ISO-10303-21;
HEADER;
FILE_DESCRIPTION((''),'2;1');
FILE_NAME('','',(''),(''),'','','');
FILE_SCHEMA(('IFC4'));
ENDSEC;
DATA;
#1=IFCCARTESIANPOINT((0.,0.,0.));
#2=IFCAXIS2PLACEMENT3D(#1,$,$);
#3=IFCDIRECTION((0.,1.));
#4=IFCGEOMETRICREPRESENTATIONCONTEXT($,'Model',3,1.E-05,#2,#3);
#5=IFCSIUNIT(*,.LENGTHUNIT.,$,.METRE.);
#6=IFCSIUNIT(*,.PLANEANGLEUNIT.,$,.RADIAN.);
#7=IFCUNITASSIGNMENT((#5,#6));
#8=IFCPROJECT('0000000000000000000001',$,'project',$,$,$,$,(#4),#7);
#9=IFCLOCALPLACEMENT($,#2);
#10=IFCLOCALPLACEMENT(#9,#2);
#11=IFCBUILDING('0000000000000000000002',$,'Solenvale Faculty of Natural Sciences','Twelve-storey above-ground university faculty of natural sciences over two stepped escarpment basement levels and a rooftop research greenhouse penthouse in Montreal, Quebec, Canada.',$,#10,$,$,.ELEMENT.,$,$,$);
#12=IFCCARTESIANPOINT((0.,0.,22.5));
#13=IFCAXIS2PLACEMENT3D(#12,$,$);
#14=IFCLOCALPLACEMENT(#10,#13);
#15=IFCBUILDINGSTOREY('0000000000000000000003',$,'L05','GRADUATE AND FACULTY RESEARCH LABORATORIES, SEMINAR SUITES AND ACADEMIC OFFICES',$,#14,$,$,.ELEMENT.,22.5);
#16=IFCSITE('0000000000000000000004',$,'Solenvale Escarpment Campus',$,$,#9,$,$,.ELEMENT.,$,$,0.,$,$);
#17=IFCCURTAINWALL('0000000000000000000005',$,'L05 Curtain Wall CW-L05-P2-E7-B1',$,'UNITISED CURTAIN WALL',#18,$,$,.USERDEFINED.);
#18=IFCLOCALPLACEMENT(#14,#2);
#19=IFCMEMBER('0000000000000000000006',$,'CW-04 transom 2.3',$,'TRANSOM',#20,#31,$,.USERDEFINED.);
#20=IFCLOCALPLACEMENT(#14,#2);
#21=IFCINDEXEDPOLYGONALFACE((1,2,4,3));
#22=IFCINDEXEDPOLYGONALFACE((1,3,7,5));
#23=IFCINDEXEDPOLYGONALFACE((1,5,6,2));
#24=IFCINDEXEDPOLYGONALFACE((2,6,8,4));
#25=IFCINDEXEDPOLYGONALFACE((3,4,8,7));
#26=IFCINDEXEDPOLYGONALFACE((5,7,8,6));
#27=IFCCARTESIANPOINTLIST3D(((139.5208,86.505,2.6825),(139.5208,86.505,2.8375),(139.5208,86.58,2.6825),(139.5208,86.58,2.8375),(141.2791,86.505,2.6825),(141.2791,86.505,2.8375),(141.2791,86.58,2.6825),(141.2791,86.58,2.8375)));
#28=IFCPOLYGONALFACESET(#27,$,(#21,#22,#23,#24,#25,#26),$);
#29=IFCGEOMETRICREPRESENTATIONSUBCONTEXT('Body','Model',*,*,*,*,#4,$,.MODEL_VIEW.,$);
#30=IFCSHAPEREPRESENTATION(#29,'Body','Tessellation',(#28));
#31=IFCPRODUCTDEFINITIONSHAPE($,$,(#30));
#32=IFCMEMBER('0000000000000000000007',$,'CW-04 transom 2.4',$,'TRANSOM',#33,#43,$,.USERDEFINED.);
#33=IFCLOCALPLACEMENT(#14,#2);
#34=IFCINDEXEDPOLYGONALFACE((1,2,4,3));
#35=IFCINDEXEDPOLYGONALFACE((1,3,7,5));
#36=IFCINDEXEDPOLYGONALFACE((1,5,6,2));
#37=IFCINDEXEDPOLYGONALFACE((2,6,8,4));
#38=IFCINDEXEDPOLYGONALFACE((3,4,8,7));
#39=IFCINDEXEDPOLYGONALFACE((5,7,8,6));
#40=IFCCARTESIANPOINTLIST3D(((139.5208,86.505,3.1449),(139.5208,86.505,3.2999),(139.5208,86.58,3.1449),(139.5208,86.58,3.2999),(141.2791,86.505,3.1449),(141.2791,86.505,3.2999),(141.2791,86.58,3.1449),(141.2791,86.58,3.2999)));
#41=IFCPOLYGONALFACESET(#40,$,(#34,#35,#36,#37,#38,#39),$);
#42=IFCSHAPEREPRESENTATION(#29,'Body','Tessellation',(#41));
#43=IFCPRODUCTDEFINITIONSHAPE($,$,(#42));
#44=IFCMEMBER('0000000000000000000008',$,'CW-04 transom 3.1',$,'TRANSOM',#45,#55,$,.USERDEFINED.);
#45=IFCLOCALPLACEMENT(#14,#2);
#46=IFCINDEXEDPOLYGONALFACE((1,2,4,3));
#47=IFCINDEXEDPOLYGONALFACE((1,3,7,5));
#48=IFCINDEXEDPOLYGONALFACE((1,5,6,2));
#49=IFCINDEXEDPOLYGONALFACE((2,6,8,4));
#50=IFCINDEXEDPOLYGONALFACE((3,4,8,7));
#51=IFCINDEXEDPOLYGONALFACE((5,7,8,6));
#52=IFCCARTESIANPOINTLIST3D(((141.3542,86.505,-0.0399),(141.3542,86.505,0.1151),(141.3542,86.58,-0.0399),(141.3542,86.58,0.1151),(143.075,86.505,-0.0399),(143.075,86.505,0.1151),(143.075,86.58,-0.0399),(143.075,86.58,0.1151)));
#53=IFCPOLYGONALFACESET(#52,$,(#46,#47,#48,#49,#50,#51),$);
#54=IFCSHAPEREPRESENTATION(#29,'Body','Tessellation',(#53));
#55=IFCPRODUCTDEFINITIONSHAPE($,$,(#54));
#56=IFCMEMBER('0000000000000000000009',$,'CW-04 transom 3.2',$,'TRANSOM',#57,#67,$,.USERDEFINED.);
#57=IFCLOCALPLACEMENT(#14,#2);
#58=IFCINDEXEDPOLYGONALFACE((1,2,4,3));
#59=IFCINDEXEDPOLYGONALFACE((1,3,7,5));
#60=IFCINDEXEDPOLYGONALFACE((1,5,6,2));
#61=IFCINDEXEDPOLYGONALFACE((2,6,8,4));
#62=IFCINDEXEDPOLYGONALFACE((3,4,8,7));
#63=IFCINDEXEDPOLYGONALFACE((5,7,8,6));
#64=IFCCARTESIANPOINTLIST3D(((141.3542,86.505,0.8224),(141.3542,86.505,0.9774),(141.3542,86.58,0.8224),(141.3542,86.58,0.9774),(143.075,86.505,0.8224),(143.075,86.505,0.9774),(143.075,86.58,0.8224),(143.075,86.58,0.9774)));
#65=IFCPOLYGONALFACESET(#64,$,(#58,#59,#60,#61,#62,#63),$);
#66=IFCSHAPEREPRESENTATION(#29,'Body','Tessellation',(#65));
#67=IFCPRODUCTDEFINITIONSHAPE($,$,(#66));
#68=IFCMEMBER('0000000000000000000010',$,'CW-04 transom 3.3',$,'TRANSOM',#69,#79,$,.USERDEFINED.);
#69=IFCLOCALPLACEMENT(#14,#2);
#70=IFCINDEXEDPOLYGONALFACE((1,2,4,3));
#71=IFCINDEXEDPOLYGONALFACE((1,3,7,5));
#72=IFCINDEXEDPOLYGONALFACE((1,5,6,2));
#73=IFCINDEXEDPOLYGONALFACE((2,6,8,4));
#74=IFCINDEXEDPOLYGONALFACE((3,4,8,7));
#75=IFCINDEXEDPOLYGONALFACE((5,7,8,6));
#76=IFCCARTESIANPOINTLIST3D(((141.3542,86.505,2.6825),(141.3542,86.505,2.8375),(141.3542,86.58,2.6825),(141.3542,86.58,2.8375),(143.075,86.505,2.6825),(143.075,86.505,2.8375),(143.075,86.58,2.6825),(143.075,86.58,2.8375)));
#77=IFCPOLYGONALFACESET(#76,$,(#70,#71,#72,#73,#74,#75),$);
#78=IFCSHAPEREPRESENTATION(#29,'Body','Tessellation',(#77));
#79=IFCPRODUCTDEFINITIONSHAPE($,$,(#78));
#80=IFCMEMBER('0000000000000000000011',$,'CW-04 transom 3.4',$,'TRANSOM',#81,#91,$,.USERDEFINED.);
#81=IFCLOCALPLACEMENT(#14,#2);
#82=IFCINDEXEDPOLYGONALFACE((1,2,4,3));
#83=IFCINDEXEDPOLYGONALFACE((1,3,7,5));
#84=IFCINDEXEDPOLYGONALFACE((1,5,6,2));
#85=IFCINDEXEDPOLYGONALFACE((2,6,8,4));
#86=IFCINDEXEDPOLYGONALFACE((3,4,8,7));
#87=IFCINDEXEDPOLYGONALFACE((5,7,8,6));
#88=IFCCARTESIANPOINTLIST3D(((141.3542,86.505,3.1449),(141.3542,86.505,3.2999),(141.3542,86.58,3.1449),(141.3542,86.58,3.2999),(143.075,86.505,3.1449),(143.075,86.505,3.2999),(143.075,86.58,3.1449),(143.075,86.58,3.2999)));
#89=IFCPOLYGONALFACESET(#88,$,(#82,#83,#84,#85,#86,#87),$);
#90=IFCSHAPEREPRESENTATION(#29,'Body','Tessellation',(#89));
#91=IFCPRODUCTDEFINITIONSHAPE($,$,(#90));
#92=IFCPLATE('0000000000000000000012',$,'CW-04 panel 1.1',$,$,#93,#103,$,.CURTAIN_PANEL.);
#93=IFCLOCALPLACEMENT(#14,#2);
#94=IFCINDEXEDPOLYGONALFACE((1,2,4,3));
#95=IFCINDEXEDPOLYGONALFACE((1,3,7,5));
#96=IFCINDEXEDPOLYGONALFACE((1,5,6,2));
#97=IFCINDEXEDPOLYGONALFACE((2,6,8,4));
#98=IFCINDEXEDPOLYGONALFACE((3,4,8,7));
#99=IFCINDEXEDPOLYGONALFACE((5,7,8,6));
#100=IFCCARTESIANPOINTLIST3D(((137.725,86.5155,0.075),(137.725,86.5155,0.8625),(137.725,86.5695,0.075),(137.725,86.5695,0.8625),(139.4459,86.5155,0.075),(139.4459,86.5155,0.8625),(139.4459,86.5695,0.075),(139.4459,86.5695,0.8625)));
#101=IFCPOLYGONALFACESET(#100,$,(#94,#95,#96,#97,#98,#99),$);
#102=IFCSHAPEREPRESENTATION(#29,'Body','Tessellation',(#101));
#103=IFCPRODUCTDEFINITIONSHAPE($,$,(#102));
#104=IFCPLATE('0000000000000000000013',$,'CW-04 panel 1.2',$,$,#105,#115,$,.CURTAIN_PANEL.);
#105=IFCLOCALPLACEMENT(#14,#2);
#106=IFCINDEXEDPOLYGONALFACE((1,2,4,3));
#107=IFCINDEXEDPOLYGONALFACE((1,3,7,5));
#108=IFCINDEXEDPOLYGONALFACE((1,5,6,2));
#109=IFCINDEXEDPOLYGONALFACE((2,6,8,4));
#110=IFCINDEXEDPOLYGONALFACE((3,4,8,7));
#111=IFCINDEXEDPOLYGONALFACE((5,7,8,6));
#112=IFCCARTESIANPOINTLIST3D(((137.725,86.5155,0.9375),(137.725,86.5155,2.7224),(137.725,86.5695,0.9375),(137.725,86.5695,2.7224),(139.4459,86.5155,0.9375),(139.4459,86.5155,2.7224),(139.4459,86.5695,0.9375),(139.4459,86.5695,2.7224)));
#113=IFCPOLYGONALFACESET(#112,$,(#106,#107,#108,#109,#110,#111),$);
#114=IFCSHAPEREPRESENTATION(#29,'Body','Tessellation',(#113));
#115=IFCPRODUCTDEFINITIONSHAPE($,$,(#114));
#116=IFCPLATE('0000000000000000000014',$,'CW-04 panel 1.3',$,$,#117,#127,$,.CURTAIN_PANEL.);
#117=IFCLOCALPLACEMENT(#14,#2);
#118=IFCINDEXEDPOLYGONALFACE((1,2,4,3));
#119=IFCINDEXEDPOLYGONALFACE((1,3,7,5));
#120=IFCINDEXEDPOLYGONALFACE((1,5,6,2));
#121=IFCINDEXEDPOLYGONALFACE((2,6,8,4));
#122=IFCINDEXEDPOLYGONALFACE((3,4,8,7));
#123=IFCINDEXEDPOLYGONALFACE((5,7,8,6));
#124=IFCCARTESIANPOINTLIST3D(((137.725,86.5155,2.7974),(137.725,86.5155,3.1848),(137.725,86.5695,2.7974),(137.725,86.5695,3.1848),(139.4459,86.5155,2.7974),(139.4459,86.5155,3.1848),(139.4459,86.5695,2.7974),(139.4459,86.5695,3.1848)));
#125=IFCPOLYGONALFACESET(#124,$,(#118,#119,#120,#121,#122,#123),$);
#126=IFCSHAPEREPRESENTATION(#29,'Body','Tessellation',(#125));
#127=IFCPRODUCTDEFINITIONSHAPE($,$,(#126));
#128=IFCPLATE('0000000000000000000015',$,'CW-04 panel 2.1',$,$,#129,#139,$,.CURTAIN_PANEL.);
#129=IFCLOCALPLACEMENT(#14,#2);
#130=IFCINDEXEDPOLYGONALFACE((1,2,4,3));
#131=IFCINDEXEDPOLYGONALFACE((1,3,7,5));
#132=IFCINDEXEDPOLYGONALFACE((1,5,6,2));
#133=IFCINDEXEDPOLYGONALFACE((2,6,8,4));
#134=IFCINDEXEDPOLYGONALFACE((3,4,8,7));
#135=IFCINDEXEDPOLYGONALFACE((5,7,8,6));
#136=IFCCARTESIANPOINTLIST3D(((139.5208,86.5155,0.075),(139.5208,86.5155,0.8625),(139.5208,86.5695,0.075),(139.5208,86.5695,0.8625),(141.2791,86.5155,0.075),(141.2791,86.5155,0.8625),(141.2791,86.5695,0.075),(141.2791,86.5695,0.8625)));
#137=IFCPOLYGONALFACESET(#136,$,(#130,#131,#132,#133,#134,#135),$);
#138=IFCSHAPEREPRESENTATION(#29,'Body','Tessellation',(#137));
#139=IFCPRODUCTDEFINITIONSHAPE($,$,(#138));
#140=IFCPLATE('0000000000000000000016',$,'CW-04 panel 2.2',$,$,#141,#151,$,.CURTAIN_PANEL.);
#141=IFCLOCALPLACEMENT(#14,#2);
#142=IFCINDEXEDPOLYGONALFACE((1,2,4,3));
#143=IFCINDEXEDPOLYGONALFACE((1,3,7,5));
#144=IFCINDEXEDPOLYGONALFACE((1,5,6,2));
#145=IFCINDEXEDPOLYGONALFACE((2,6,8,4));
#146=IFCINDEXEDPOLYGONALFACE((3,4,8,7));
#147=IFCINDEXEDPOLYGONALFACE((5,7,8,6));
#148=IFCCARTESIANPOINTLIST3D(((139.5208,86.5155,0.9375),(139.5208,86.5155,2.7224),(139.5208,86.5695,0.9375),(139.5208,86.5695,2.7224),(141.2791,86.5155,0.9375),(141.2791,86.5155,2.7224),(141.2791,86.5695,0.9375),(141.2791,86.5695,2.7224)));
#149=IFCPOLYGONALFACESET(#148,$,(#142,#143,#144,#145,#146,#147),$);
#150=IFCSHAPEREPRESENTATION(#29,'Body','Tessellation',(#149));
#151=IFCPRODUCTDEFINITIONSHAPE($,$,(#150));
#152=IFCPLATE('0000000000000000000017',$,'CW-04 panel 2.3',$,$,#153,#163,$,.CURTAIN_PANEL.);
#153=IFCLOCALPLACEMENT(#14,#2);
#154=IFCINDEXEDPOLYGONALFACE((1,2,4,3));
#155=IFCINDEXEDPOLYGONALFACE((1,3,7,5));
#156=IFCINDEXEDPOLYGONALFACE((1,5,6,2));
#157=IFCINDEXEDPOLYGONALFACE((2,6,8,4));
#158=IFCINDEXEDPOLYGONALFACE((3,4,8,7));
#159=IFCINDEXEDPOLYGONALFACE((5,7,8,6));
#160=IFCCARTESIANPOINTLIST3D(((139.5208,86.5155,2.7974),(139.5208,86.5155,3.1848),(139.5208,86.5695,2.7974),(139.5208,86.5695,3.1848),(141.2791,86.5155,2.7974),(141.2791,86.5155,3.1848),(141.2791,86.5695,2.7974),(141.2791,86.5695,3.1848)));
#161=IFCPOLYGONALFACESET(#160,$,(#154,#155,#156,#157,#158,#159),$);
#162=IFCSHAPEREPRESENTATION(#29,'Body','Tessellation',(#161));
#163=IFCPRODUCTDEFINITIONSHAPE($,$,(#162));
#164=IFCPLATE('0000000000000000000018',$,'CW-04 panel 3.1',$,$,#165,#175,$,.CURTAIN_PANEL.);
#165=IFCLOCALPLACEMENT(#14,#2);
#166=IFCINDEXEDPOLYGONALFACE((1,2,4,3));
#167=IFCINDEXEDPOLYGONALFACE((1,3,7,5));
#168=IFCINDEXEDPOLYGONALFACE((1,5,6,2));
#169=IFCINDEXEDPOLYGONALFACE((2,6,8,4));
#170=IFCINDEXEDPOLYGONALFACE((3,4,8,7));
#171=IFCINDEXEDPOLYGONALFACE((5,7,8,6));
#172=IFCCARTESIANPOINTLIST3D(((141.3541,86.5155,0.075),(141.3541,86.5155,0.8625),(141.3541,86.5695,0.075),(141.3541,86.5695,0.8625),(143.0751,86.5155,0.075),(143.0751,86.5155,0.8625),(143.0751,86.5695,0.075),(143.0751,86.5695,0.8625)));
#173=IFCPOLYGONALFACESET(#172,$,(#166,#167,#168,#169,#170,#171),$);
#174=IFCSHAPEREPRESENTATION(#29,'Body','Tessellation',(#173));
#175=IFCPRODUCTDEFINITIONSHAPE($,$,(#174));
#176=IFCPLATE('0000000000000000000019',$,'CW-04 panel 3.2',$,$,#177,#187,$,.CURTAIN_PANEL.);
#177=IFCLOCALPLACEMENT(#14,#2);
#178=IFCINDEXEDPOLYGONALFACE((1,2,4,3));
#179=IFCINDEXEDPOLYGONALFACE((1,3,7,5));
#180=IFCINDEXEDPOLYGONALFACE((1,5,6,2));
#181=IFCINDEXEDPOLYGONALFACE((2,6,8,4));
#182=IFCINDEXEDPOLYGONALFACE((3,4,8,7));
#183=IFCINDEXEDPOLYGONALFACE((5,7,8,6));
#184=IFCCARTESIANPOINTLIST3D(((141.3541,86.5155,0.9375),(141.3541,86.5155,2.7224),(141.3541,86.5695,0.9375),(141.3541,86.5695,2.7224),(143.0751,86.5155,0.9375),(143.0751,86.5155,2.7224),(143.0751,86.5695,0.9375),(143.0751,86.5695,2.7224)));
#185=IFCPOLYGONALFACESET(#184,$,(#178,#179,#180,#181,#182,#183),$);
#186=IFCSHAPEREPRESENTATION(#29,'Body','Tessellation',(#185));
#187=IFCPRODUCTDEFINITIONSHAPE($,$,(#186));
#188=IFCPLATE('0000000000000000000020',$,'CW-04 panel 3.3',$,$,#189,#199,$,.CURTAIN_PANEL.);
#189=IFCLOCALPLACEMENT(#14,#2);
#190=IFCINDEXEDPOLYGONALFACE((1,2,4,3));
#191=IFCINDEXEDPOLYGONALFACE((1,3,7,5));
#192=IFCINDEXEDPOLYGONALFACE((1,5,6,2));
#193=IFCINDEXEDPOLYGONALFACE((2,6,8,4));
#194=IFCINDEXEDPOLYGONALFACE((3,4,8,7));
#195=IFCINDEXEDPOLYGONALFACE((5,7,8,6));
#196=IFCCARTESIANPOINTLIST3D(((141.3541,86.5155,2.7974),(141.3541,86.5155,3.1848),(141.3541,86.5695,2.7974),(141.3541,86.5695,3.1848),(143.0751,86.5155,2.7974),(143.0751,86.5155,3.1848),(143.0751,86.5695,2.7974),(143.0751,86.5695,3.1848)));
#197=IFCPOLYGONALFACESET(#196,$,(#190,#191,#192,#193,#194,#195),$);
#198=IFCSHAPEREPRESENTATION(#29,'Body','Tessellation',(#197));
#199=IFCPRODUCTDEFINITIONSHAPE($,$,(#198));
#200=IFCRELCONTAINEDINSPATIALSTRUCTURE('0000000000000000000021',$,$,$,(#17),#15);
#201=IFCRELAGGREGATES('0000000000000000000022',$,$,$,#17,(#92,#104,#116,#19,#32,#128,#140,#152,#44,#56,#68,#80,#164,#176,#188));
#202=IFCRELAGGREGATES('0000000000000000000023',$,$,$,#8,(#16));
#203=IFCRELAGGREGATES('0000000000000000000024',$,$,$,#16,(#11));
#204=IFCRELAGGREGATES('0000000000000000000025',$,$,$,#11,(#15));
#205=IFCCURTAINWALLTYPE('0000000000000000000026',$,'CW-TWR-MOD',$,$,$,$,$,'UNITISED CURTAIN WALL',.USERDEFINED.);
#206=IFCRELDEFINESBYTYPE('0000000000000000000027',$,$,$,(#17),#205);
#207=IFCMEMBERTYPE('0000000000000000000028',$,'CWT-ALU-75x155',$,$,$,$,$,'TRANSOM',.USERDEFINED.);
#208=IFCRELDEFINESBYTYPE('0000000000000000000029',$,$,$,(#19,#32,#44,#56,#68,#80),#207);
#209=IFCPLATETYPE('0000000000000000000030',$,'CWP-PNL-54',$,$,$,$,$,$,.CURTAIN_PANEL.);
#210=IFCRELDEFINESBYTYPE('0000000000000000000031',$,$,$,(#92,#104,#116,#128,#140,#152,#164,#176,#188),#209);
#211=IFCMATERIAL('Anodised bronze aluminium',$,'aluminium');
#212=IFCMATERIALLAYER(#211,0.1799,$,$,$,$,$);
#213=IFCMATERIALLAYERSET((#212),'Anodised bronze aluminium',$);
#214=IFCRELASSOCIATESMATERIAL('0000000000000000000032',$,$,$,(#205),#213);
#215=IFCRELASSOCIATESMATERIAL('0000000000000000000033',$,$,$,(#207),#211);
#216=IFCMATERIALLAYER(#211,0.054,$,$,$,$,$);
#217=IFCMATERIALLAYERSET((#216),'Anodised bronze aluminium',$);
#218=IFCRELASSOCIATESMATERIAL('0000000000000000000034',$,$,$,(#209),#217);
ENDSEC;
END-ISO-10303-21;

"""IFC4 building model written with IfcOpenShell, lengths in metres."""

from ifc_helpers import new_model, si_unit, direction, frame, origin, origin_2d, place, context, subcontext, project, spatial, rectangle, extrude, material, layer, layer_set, material_profile, profile_set, type_object, element, aggregate, save


model = new_model("IFC4")

# Units and contexts
model_context = context("Model", 3, precision=1e-05, world=origin(), true_north=direction((0.0, 1.0)))
body_context = subcontext(model_context, "Body", "Model", "MODEL_VIEW")
ifc_project = project(units=[si_unit("LENGTHUNIT", "METRE"), si_unit("PLANEANGLEUNIT", "RADIAN")], contexts=[model_context])

# Site, building, storey
site_placement = place(None, origin())
site = spatial("IfcSite", under=ifc_project, at=site_placement, Name="Solenvale Escarpment Campus", CompositionType="ELEMENT", RefElevation=0.0)
building_placement = place(site_placement, origin())
building = spatial("IfcBuilding", under=site, at=building_placement, Name="Solenvale Faculty of Natural Sciences", Description="Twelve-storey above-ground university faculty of natural sciences over two stepped escarpment basement levels and a rooftop research greenhouse penthouse in Montreal, Quebec, Canada.", CompositionType="ELEMENT")
storey_placement = place(building_placement, frame((0.0, 0.0, 22.5)))
storey = spatial("IfcBuildingStorey", under=building, at=storey_placement, Name="L05", Description="GRADUATE AND FACULTY RESEARCH LABORATORIES, SEMINAR SUITES AND ACADEMIC OFFICES", CompositionType="ELEMENT", Elevation=22.5)

# Curtain wall, members, plates
ifc_material_1 = material(Name="Anodised bronze aluminium", Category="aluminium")
ifc_layer_1 = layer(ifc_material_1, 0.1799)
ifc_layer_set_1 = layer_set([ifc_layer_1], Name="Anodised bronze aluminium")
curtain_wall_type = type_object("IfcCurtainWallType", Name="CW-TWR-MOD", ElementType="UNITISED CURTAIN WALL", PredefinedType="USERDEFINED", material=ifc_layer_set_1)
curtain_wall_placement = place(storey_placement, origin())
curtain_wall = element("IfcCurtainWall", 1, at=curtain_wall_placement, inside=storey, type_object=curtain_wall_type, Name="L05 Curtain Wall CW-L05-P2-E7-B1", ObjectType="UNITISED CURTAIN WALL", PredefinedType="USERDEFINED")
ifc_material_profile_1 = material_profile(ifc_material_1, rectangle(XDim=0.075, YDim=0.155, at=origin_2d()), Name="ALU-TRN-75x155")
ifc_profile_set_1 = profile_set([ifc_material_profile_1], Name="Anodised bronze aluminium")
member_type_1 = type_object("IfcMemberType", Name="CWT-ALU-75x155", ElementType="TRANSOM", PredefinedType="USERDEFINED", material=ifc_profile_set_1)
member_1_placement = place(storey_placement, frame((139.5208, 86.5425, 2.76), z_axis=(1.0, 0.0, 0.0), x_axis=(0.0, 1.0, 0.0)))
member_1 = element("IfcMember", 2, at=member_1_placement, type_object=member_type_1, Name="CW-04 transom 2.3", ObjectType="TRANSOM", PredefinedType="USERDEFINED", context=body_context, shape_type="SweptSolid", body=[
    extrude(rectangle(XDim=0.075, YDim=0.155, at=origin_2d()), origin(), (0.0, 0.0, 1.0), 1.7583),
])
member_2_placement = place(storey_placement, frame((139.5208, 86.5425, 3.2224), z_axis=(1.0, 0.0, 0.0), x_axis=(0.0, 1.0, 0.0)))
member_2 = element("IfcMember", 3, at=member_2_placement, type_object=member_type_1, Name="CW-04 transom 2.4", ObjectType="TRANSOM", PredefinedType="USERDEFINED", context=body_context, shape_type="SweptSolid", body=[
    extrude(rectangle(XDim=0.075, YDim=0.155, at=origin_2d()), origin(), (0.0, 0.0, 1.0), 1.7583),
])
member_3_placement = place(storey_placement, frame((141.3542, 86.5425, 0.0376), z_axis=(1.0, 0.0, 0.0), x_axis=(0.0, 1.0, 0.0)))
member_3 = element("IfcMember", 4, at=member_3_placement, type_object=member_type_1, Name="CW-04 transom 3.1", ObjectType="TRANSOM", PredefinedType="USERDEFINED", context=body_context, shape_type="SweptSolid", body=[
    extrude(rectangle(XDim=0.075, YDim=0.155, at=origin_2d()), origin(), (0.0, 0.0, 1.0), 1.7207),
])
member_4_placement = place(storey_placement, frame((141.3542, 86.5425, 0.8999), z_axis=(1.0, 0.0, 0.0), x_axis=(0.0, 1.0, 0.0)))
member_4 = element("IfcMember", 5, at=member_4_placement, type_object=member_type_1, Name="CW-04 transom 3.2", ObjectType="TRANSOM", PredefinedType="USERDEFINED", context=body_context, shape_type="SweptSolid", body=[
    extrude(rectangle(XDim=0.075, YDim=0.155, at=origin_2d()), origin(), (0.0, 0.0, 1.0), 1.7207),
])
member_5_placement = place(storey_placement, frame((141.3542, 86.5425, 2.76), z_axis=(1.0, 0.0, 0.0), x_axis=(0.0, 1.0, 0.0)))
member_5 = element("IfcMember", 6, at=member_5_placement, type_object=member_type_1, Name="CW-04 transom 3.3", ObjectType="TRANSOM", PredefinedType="USERDEFINED", context=body_context, shape_type="SweptSolid", body=[
    extrude(rectangle(XDim=0.075, YDim=0.155, at=origin_2d()), origin(), (0.0, 0.0, 1.0), 1.7207),
])
member_6_placement = place(storey_placement, frame((141.3542, 86.5425, 3.2224), z_axis=(1.0, 0.0, 0.0), x_axis=(0.0, 1.0, 0.0)))
member_6 = element("IfcMember", 7, at=member_6_placement, type_object=member_type_1, Name="CW-04 transom 3.4", ObjectType="TRANSOM", PredefinedType="USERDEFINED", context=body_context, shape_type="SweptSolid", body=[
    extrude(rectangle(XDim=0.075, YDim=0.155, at=origin_2d()), origin(), (0.0, 0.0, 1.0), 1.7207),
])
ifc_layer_2 = layer(ifc_material_1, 0.054)
ifc_layer_set_2 = layer_set([ifc_layer_2], Name="Anodised bronze aluminium")
plate_type = type_object("IfcPlateType", Name="CWP-PNL-54", PredefinedType="CURTAIN_PANEL", material=ifc_layer_set_2)
plate_1_placement = place(storey_placement, frame((138.5854, 86.5425, 0.075), z_axis=(0.0, 0.0, 1.0), x_axis=(1.0, 0.0, 0.0)))
plate_1 = element("IfcPlate", 8, at=plate_1_placement, type_object=plate_type, Name="CW-04 panel 1.1", PredefinedType="CURTAIN_PANEL", context=body_context, shape_type="SweptSolid", body=[
    extrude(rectangle(XDim=1.7209, YDim=0.054, at=origin_2d()), origin(), (0.0, 0.0, 1.0), 0.7876),
])
plate_2_placement = place(storey_placement, frame((138.5854, 86.5425, 0.9375), z_axis=(0.0, 0.0, 1.0), x_axis=(1.0, 0.0, 0.0)))
plate_2 = element("IfcPlate", 9, at=plate_2_placement, type_object=plate_type, Name="CW-04 panel 1.2", PredefinedType="CURTAIN_PANEL", context=body_context, shape_type="SweptSolid", body=[
    extrude(rectangle(XDim=1.7209, YDim=0.054, at=origin_2d()), origin(), (0.0, 0.0, 1.0), 1.7849),
])
plate_3_placement = place(storey_placement, frame((138.5854, 86.5425, 2.7974), z_axis=(0.0, 0.0, 1.0), x_axis=(1.0, 0.0, 0.0)))
plate_3 = element("IfcPlate", 10, at=plate_3_placement, type_object=plate_type, Name="CW-04 panel 1.3", PredefinedType="CURTAIN_PANEL", context=body_context, shape_type="SweptSolid", body=[
    extrude(rectangle(XDim=1.7209, YDim=0.054, at=origin_2d()), origin(), (0.0, 0.0, 1.0), 0.3875),
])
plate_4_placement = place(storey_placement, frame((140.3999, 86.5425, 0.075), z_axis=(0.0, 0.0, 1.0), x_axis=(1.0, 0.0, 0.0)))
plate_4 = element("IfcPlate", 11, at=plate_4_placement, type_object=plate_type, Name="CW-04 panel 2.1", PredefinedType="CURTAIN_PANEL", context=body_context, shape_type="SweptSolid", body=[
    extrude(rectangle(XDim=1.7583, YDim=0.054, at=origin_2d()), origin(), (0.0, 0.0, 1.0), 0.7876),
])
plate_5_placement = place(storey_placement, frame((140.3999, 86.5425, 0.9375), z_axis=(0.0, 0.0, 1.0), x_axis=(1.0, 0.0, 0.0)))
plate_5 = element("IfcPlate", 12, at=plate_5_placement, type_object=plate_type, Name="CW-04 panel 2.2", PredefinedType="CURTAIN_PANEL", context=body_context, shape_type="SweptSolid", body=[
    extrude(rectangle(XDim=1.7583, YDim=0.054, at=origin_2d()), origin(), (0.0, 0.0, 1.0), 1.7849),
])
plate_6_placement = place(storey_placement, frame((140.3999, 86.5425, 2.7974), z_axis=(0.0, 0.0, 1.0), x_axis=(1.0, 0.0, 0.0)))
plate_6 = element("IfcPlate", 13, at=plate_6_placement, type_object=plate_type, Name="CW-04 panel 2.3", PredefinedType="CURTAIN_PANEL", context=body_context, shape_type="SweptSolid", body=[
    extrude(rectangle(XDim=1.7583, YDim=0.054, at=origin_2d()), origin(), (0.0, 0.0, 1.0), 0.3875),
])
plate_7_placement = place(storey_placement, frame((142.2146, 86.5425, 0.075), z_axis=(0.0, 0.0, 1.0), x_axis=(1.0, 0.0, 0.0)))
plate_7 = element("IfcPlate", 14, at=plate_7_placement, type_object=plate_type, Name="CW-04 panel 3.1", PredefinedType="CURTAIN_PANEL", context=body_context, shape_type="SweptSolid", body=[
    extrude(rectangle(XDim=1.7209, YDim=0.054, at=origin_2d()), origin(), (0.0, 0.0, 1.0), 0.7876),
])
plate_8_placement = place(storey_placement, frame((142.2146, 86.5425, 0.9375), z_axis=(0.0, 0.0, 1.0), x_axis=(1.0, 0.0, 0.0)))
plate_8 = element("IfcPlate", 15, at=plate_8_placement, type_object=plate_type, Name="CW-04 panel 3.2", PredefinedType="CURTAIN_PANEL", context=body_context, shape_type="SweptSolid", body=[
    extrude(rectangle(XDim=1.7209, YDim=0.054, at=origin_2d()), origin(), (0.0, 0.0, 1.0), 1.7849),
])
plate_9_placement = place(storey_placement, frame((142.2146, 86.5425, 2.7974), z_axis=(0.0, 0.0, 1.0), x_axis=(1.0, 0.0, 0.0)))
plate_9 = element("IfcPlate", 16, at=plate_9_placement, type_object=plate_type, Name="CW-04 panel 3.3", PredefinedType="CURTAIN_PANEL", context=body_context, shape_type="SweptSolid", body=[
    extrude(rectangle(XDim=1.7209, YDim=0.054, at=origin_2d()), origin(), (0.0, 0.0, 1.0), 0.3875),
])
aggregate(curtain_wall, [plate_1, plate_2, plate_3, member_1, member_2, plate_4, plate_5, plate_6, member_3, member_4, member_5, member_6, plate_7, plate_8, plate_9])

save(model, "model.ifc")
